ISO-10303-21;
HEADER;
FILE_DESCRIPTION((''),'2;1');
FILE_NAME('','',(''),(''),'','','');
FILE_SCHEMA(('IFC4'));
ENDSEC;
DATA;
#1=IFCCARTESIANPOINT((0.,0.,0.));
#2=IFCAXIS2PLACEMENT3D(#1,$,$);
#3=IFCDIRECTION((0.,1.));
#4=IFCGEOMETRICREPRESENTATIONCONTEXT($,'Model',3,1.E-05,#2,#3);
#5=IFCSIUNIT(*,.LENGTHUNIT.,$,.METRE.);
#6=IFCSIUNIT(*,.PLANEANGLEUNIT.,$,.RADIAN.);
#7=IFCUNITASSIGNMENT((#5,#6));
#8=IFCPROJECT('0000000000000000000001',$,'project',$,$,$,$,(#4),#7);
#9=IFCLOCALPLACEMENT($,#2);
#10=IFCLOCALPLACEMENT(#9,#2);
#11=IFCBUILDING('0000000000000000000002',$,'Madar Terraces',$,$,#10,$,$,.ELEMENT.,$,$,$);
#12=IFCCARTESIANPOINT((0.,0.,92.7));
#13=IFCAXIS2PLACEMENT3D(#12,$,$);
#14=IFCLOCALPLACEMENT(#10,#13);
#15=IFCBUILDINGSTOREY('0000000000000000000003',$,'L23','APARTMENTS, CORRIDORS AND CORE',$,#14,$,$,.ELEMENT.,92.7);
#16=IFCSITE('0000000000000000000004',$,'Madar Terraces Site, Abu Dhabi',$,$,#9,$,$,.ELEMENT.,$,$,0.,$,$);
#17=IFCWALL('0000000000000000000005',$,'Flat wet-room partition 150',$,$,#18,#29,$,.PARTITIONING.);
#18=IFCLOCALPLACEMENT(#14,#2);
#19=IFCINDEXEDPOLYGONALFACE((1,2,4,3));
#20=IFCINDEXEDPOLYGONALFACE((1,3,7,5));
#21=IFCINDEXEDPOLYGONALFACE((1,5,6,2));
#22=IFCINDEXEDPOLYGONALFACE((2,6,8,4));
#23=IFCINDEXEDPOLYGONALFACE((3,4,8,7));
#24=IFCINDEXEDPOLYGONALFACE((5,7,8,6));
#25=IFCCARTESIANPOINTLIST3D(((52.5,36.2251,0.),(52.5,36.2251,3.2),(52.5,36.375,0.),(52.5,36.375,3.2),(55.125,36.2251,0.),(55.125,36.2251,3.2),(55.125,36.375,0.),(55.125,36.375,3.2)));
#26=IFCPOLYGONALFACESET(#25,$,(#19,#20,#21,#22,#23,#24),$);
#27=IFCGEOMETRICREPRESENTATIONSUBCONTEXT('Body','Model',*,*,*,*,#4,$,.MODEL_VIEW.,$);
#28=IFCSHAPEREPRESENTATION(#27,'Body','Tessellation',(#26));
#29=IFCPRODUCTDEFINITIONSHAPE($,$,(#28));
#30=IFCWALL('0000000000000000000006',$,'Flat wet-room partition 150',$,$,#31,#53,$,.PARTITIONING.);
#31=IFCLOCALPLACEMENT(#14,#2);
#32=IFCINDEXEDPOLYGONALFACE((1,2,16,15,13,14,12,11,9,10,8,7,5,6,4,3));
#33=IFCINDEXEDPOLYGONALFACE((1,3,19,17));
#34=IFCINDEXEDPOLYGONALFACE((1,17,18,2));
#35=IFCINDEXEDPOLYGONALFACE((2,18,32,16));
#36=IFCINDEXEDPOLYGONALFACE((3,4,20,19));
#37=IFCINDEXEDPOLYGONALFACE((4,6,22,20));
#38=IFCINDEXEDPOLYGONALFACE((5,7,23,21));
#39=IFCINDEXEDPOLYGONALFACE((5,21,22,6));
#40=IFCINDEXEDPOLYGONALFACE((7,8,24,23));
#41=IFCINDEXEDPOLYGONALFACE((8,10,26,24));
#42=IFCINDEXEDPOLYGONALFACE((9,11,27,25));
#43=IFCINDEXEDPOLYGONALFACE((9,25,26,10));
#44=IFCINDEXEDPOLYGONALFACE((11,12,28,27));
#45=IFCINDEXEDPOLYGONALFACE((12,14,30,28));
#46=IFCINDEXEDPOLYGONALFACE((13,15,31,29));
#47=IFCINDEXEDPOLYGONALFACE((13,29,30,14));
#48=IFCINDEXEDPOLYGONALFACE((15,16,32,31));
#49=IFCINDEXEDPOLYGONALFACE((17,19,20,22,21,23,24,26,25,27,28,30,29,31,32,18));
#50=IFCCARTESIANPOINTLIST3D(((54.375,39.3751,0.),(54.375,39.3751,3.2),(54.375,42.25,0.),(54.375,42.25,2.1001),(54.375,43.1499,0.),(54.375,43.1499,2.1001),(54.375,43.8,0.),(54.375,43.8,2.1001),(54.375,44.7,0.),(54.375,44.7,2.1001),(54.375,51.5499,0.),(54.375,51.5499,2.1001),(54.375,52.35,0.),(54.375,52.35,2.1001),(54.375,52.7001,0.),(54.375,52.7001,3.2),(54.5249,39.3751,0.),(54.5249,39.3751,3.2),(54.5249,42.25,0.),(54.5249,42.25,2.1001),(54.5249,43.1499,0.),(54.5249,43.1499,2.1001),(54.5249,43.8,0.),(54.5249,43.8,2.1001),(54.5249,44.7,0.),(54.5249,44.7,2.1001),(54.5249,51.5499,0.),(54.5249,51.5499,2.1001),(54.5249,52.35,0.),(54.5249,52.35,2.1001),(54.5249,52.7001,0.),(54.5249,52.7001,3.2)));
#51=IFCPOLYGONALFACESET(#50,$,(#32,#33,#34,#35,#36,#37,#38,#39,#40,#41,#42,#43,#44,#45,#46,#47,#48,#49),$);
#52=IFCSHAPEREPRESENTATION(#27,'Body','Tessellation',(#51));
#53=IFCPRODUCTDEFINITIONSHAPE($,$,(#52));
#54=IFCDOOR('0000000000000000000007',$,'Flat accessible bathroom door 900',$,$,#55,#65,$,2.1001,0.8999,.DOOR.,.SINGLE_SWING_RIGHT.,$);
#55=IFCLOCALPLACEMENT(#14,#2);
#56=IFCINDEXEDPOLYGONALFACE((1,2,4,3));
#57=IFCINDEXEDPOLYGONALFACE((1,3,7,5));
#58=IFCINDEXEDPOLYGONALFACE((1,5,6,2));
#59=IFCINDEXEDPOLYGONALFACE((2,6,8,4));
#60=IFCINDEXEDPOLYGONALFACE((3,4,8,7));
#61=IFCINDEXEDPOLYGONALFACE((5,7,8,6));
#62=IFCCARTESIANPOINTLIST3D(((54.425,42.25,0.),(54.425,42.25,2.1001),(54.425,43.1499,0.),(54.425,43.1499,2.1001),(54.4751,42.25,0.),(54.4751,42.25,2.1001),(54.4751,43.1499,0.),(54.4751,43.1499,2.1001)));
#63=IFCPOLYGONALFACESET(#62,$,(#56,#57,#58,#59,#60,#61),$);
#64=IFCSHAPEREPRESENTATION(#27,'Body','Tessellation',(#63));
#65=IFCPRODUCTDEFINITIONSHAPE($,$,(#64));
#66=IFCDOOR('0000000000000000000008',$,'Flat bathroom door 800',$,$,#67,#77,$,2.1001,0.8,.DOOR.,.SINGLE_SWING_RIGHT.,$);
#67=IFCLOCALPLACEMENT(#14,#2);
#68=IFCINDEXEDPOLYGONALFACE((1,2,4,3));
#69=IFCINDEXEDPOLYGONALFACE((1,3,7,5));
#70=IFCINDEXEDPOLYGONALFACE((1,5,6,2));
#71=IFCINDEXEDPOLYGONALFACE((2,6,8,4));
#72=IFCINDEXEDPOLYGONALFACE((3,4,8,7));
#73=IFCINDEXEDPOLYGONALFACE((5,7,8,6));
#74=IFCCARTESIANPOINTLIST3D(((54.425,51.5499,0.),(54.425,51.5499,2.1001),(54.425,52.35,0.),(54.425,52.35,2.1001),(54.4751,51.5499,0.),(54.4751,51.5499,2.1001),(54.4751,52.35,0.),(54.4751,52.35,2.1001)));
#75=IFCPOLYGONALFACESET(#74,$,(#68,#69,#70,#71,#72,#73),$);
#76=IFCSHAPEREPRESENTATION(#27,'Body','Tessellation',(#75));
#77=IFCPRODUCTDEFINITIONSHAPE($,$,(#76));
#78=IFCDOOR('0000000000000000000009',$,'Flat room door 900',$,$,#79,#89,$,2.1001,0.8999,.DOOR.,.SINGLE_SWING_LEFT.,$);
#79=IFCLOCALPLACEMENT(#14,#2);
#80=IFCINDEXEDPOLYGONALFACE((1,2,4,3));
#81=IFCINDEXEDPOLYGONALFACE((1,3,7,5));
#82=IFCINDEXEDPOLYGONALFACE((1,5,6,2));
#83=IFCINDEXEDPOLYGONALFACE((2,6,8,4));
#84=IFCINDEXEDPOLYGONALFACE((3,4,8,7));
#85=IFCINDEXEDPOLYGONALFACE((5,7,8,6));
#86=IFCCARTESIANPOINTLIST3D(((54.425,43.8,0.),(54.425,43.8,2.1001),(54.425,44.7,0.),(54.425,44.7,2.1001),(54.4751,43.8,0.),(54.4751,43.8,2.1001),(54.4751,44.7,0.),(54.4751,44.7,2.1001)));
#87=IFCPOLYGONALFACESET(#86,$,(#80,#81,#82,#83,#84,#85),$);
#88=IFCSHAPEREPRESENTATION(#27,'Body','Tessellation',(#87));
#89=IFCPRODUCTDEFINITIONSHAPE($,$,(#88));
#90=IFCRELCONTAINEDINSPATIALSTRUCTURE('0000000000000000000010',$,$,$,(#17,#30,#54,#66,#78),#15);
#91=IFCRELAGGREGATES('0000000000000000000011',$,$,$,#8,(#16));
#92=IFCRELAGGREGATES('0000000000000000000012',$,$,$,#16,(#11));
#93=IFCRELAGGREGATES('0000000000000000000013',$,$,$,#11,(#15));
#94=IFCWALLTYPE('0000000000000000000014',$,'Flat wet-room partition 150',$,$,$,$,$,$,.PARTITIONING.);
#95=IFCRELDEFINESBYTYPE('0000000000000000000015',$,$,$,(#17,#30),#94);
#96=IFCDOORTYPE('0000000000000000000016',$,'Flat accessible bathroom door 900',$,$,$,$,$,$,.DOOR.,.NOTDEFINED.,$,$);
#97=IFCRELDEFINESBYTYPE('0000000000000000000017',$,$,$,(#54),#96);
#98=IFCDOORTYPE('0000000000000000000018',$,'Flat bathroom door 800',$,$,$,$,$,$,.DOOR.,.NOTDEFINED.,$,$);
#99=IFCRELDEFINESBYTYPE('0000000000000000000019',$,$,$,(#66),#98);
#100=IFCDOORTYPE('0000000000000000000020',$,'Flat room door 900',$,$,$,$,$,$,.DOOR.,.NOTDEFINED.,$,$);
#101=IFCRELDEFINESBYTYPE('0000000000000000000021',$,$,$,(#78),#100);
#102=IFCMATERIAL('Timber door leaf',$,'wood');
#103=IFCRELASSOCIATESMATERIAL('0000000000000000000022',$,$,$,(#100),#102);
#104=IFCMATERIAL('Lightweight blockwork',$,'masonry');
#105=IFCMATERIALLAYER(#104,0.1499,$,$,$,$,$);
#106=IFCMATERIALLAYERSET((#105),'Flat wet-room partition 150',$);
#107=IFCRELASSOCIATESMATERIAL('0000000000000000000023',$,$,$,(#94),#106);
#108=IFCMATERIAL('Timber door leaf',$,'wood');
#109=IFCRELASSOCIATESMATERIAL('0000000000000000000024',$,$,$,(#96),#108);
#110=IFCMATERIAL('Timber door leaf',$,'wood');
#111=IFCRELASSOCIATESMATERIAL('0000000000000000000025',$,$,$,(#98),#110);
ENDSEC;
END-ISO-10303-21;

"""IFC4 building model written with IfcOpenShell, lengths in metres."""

from ifc_helpers import new_model, si_unit, direction, frame, frame_2d, origin, place, context, subcontext, project, spatial, rectangle, extrude, material, layer, layer_set, type_object, element, fill, save


model = new_model("IFC4")

# Units and contexts
model_context = context("Model", 3, precision=1e-05, world=origin(), true_north=direction((0.0, 1.0)))
body_context = subcontext(model_context, "Body", "Model", "MODEL_VIEW")
ifc_project = project(units=[si_unit("LENGTHUNIT", "METRE"), si_unit("PLANEANGLEUNIT", "RADIAN")], contexts=[model_context])

# Site, building, storey
site_placement = place(None, origin())
site = spatial("IfcSite", under=ifc_project, at=site_placement, Name="Madar Terraces Site, Abu Dhabi", CompositionType="ELEMENT", RefElevation=0.0)
building_placement = place(site_placement, origin())
building = spatial("IfcBuilding", under=site, at=building_placement, Name="Madar Terraces", CompositionType="ELEMENT")
storey_placement = place(building_placement, frame((0.0, 0.0, 92.7)))
storey = spatial("IfcBuildingStorey", under=building, at=storey_placement, Name="L23", Description="APARTMENTS, CORRIDORS AND CORE", CompositionType="ELEMENT", Elevation=92.7)

# Shared definitions
ifc_material_1 = material(Name="Timber door leaf", Category="wood")
door_type_1 = type_object("IfcDoorType", Name="Flat room door 900", OperationType="NOTDEFINED", PredefinedType="DOOR", material=ifc_material_1)

# Wall
ifc_material_2 = material(Name="Lightweight blockwork", Category="masonry")
ifc_layer_1 = layer(ifc_material_2, 0.1499)
ifc_layer_set_1 = layer_set([ifc_layer_1], Name="Flat wet-room partition 150")
wall_type_1 = type_object("IfcWallType", Name="Flat wet-room partition 150", PredefinedType="PARTITIONING", material=ifc_layer_set_1)
wall_1_placement = place(storey_placement, frame((52.5, 36.3, 0.0), z_axis=(0.0, 0.0, 1.0), x_axis=(1.0, 0.0, 0.0)))
element("IfcWall", 1, at=wall_1_placement, inside=storey, type_object=wall_type_1, Name="Flat wet-room partition 150", PredefinedType="PARTITIONING", context=body_context, shape_type="SweptSolid", body=[
    extrude(rectangle(XDim=2.625, YDim=0.1499, at=frame_2d((1.3125, 0.0))), origin(), (0.0, 0.0, 1.0), 3.2),
])

# Wall, openings, doors
wall_2_placement = place(storey_placement, frame((54.45, 39.375, 0.0), z_axis=(0.0, 0.0, 1.0), x_axis=(0.0, 1.0, 0.0)))
wall_2 = element("IfcWall", 2, at=wall_2_placement, inside=storey, type_object=wall_type_1, Name="Flat wet-room partition 150", PredefinedType="PARTITIONING", context=body_context, shape_type="SweptSolid", body=[
    extrude(rectangle(XDim=13.325, YDim=0.1499, at=frame_2d((6.6626, 0.0))), origin(), (0.0, 0.0, 1.0), 3.2),
])
opening_1_placement = place(wall_2_placement, frame((2.875, 0.0, 0.0)))
opening_1 = element("IfcOpeningElement", 3, at=opening_1_placement, cuts=wall_2, PredefinedType="OPENING", context=body_context, shape_type="SweptSolid", body=[
    extrude(rectangle(XDim=0.8999, YDim=2.1001, at=frame_2d((0.45, 1.05))), frame((0.0, 0.085, 0.0), z_axis=(0.0, -1.0, 0.0), x_axis=(1.0, 0.0, 0.0)), (0.0, 0.0, 1.0), 0.1699),
])
opening_2_placement = place(wall_2_placement, frame((4.425, 0.0, 0.0)))
opening_2 = element("IfcOpeningElement", 4, at=opening_2_placement, cuts=wall_2, PredefinedType="OPENING", context=body_context, shape_type="SweptSolid", body=[
    extrude(rectangle(XDim=0.8999, YDim=2.1001, at=frame_2d((0.45, 1.05))), frame((0.0, 0.085, 0.0), z_axis=(0.0, -1.0, 0.0), x_axis=(1.0, 0.0, 0.0)), (0.0, 0.0, 1.0), 0.1699),
])
opening_3_placement = place(wall_2_placement, frame((12.175, 0.0, 0.0)))
opening_3 = element("IfcOpeningElement", 5, at=opening_3_placement, cuts=wall_2, PredefinedType="OPENING", context=body_context, shape_type="SweptSolid", body=[
    extrude(rectangle(XDim=0.8, YDim=2.1001, at=frame_2d((0.3999, 1.05))), frame((0.0, 0.085, 0.0), z_axis=(0.0, -1.0, 0.0), x_axis=(1.0, 0.0, 0.0)), (0.0, 0.0, 1.0), 0.1699),
])
ifc_material_3 = material(Name="Timber door leaf", Category="wood")
door_type_2 = type_object("IfcDoorType", Name="Flat accessible bathroom door 900", OperationType="NOTDEFINED", PredefinedType="DOOR", material=ifc_material_3)
door_1_placement = place(opening_1_placement, origin())
door_1 = element("IfcDoor", 6, at=door_1_placement, inside=storey, type_object=door_type_2, Name="Flat accessible bathroom door 900", OperationType="SINGLE_SWING_RIGHT", OverallHeight=2.1001, OverallWidth=0.8999, PredefinedType="DOOR", context=body_context, shape_type="SweptSolid", body=[
    extrude(rectangle(XDim=0.8999, YDim=2.1001, at=frame_2d((0.45, 1.05))), frame((0.0, 0.0249, 0.0), z_axis=(0.0, -1.0, 0.0), x_axis=(1.0, 0.0, 0.0)), (0.0, 0.0, 1.0), 0.05),
])
fill(opening_1, door_1)
ifc_material_4 = material(Name="Timber door leaf", Category="wood")
door_type_3 = type_object("IfcDoorType", Name="Flat bathroom door 800", OperationType="NOTDEFINED", PredefinedType="DOOR", material=ifc_material_4)
door_2_placement = place(opening_3_placement, origin())
door_2 = element("IfcDoor", 7, at=door_2_placement, inside=storey, type_object=door_type_3, Name="Flat bathroom door 800", OperationType="SINGLE_SWING_RIGHT", OverallHeight=2.1001, OverallWidth=0.8, PredefinedType="DOOR", context=body_context, shape_type="SweptSolid", body=[
    extrude(rectangle(XDim=0.8, YDim=2.1001, at=frame_2d((0.3999, 1.05))), frame((0.0, 0.0249, 0.0), z_axis=(0.0, -1.0, 0.0), x_axis=(1.0, 0.0, 0.0)), (0.0, 0.0, 1.0), 0.05),
])
fill(opening_3, door_2)
door_3_placement = place(opening_2_placement, origin())
door_3 = element("IfcDoor", 8, at=door_3_placement, inside=storey, type_object=door_type_1, Name="Flat room door 900", OperationType="SINGLE_SWING_LEFT", OverallHeight=2.1001, OverallWidth=0.8999, PredefinedType="DOOR", context=body_context, shape_type="SweptSolid", body=[
    extrude(rectangle(XDim=0.8999, YDim=2.1001, at=frame_2d((0.45, 1.05))), frame((0.0, 0.0249, 0.0), z_axis=(0.0, -1.0, 0.0), x_axis=(1.0, 0.0, 0.0)), (0.0, 0.0, 1.0), 0.05),
])
fill(opening_2, door_3)

save(model, "model.ifc")
